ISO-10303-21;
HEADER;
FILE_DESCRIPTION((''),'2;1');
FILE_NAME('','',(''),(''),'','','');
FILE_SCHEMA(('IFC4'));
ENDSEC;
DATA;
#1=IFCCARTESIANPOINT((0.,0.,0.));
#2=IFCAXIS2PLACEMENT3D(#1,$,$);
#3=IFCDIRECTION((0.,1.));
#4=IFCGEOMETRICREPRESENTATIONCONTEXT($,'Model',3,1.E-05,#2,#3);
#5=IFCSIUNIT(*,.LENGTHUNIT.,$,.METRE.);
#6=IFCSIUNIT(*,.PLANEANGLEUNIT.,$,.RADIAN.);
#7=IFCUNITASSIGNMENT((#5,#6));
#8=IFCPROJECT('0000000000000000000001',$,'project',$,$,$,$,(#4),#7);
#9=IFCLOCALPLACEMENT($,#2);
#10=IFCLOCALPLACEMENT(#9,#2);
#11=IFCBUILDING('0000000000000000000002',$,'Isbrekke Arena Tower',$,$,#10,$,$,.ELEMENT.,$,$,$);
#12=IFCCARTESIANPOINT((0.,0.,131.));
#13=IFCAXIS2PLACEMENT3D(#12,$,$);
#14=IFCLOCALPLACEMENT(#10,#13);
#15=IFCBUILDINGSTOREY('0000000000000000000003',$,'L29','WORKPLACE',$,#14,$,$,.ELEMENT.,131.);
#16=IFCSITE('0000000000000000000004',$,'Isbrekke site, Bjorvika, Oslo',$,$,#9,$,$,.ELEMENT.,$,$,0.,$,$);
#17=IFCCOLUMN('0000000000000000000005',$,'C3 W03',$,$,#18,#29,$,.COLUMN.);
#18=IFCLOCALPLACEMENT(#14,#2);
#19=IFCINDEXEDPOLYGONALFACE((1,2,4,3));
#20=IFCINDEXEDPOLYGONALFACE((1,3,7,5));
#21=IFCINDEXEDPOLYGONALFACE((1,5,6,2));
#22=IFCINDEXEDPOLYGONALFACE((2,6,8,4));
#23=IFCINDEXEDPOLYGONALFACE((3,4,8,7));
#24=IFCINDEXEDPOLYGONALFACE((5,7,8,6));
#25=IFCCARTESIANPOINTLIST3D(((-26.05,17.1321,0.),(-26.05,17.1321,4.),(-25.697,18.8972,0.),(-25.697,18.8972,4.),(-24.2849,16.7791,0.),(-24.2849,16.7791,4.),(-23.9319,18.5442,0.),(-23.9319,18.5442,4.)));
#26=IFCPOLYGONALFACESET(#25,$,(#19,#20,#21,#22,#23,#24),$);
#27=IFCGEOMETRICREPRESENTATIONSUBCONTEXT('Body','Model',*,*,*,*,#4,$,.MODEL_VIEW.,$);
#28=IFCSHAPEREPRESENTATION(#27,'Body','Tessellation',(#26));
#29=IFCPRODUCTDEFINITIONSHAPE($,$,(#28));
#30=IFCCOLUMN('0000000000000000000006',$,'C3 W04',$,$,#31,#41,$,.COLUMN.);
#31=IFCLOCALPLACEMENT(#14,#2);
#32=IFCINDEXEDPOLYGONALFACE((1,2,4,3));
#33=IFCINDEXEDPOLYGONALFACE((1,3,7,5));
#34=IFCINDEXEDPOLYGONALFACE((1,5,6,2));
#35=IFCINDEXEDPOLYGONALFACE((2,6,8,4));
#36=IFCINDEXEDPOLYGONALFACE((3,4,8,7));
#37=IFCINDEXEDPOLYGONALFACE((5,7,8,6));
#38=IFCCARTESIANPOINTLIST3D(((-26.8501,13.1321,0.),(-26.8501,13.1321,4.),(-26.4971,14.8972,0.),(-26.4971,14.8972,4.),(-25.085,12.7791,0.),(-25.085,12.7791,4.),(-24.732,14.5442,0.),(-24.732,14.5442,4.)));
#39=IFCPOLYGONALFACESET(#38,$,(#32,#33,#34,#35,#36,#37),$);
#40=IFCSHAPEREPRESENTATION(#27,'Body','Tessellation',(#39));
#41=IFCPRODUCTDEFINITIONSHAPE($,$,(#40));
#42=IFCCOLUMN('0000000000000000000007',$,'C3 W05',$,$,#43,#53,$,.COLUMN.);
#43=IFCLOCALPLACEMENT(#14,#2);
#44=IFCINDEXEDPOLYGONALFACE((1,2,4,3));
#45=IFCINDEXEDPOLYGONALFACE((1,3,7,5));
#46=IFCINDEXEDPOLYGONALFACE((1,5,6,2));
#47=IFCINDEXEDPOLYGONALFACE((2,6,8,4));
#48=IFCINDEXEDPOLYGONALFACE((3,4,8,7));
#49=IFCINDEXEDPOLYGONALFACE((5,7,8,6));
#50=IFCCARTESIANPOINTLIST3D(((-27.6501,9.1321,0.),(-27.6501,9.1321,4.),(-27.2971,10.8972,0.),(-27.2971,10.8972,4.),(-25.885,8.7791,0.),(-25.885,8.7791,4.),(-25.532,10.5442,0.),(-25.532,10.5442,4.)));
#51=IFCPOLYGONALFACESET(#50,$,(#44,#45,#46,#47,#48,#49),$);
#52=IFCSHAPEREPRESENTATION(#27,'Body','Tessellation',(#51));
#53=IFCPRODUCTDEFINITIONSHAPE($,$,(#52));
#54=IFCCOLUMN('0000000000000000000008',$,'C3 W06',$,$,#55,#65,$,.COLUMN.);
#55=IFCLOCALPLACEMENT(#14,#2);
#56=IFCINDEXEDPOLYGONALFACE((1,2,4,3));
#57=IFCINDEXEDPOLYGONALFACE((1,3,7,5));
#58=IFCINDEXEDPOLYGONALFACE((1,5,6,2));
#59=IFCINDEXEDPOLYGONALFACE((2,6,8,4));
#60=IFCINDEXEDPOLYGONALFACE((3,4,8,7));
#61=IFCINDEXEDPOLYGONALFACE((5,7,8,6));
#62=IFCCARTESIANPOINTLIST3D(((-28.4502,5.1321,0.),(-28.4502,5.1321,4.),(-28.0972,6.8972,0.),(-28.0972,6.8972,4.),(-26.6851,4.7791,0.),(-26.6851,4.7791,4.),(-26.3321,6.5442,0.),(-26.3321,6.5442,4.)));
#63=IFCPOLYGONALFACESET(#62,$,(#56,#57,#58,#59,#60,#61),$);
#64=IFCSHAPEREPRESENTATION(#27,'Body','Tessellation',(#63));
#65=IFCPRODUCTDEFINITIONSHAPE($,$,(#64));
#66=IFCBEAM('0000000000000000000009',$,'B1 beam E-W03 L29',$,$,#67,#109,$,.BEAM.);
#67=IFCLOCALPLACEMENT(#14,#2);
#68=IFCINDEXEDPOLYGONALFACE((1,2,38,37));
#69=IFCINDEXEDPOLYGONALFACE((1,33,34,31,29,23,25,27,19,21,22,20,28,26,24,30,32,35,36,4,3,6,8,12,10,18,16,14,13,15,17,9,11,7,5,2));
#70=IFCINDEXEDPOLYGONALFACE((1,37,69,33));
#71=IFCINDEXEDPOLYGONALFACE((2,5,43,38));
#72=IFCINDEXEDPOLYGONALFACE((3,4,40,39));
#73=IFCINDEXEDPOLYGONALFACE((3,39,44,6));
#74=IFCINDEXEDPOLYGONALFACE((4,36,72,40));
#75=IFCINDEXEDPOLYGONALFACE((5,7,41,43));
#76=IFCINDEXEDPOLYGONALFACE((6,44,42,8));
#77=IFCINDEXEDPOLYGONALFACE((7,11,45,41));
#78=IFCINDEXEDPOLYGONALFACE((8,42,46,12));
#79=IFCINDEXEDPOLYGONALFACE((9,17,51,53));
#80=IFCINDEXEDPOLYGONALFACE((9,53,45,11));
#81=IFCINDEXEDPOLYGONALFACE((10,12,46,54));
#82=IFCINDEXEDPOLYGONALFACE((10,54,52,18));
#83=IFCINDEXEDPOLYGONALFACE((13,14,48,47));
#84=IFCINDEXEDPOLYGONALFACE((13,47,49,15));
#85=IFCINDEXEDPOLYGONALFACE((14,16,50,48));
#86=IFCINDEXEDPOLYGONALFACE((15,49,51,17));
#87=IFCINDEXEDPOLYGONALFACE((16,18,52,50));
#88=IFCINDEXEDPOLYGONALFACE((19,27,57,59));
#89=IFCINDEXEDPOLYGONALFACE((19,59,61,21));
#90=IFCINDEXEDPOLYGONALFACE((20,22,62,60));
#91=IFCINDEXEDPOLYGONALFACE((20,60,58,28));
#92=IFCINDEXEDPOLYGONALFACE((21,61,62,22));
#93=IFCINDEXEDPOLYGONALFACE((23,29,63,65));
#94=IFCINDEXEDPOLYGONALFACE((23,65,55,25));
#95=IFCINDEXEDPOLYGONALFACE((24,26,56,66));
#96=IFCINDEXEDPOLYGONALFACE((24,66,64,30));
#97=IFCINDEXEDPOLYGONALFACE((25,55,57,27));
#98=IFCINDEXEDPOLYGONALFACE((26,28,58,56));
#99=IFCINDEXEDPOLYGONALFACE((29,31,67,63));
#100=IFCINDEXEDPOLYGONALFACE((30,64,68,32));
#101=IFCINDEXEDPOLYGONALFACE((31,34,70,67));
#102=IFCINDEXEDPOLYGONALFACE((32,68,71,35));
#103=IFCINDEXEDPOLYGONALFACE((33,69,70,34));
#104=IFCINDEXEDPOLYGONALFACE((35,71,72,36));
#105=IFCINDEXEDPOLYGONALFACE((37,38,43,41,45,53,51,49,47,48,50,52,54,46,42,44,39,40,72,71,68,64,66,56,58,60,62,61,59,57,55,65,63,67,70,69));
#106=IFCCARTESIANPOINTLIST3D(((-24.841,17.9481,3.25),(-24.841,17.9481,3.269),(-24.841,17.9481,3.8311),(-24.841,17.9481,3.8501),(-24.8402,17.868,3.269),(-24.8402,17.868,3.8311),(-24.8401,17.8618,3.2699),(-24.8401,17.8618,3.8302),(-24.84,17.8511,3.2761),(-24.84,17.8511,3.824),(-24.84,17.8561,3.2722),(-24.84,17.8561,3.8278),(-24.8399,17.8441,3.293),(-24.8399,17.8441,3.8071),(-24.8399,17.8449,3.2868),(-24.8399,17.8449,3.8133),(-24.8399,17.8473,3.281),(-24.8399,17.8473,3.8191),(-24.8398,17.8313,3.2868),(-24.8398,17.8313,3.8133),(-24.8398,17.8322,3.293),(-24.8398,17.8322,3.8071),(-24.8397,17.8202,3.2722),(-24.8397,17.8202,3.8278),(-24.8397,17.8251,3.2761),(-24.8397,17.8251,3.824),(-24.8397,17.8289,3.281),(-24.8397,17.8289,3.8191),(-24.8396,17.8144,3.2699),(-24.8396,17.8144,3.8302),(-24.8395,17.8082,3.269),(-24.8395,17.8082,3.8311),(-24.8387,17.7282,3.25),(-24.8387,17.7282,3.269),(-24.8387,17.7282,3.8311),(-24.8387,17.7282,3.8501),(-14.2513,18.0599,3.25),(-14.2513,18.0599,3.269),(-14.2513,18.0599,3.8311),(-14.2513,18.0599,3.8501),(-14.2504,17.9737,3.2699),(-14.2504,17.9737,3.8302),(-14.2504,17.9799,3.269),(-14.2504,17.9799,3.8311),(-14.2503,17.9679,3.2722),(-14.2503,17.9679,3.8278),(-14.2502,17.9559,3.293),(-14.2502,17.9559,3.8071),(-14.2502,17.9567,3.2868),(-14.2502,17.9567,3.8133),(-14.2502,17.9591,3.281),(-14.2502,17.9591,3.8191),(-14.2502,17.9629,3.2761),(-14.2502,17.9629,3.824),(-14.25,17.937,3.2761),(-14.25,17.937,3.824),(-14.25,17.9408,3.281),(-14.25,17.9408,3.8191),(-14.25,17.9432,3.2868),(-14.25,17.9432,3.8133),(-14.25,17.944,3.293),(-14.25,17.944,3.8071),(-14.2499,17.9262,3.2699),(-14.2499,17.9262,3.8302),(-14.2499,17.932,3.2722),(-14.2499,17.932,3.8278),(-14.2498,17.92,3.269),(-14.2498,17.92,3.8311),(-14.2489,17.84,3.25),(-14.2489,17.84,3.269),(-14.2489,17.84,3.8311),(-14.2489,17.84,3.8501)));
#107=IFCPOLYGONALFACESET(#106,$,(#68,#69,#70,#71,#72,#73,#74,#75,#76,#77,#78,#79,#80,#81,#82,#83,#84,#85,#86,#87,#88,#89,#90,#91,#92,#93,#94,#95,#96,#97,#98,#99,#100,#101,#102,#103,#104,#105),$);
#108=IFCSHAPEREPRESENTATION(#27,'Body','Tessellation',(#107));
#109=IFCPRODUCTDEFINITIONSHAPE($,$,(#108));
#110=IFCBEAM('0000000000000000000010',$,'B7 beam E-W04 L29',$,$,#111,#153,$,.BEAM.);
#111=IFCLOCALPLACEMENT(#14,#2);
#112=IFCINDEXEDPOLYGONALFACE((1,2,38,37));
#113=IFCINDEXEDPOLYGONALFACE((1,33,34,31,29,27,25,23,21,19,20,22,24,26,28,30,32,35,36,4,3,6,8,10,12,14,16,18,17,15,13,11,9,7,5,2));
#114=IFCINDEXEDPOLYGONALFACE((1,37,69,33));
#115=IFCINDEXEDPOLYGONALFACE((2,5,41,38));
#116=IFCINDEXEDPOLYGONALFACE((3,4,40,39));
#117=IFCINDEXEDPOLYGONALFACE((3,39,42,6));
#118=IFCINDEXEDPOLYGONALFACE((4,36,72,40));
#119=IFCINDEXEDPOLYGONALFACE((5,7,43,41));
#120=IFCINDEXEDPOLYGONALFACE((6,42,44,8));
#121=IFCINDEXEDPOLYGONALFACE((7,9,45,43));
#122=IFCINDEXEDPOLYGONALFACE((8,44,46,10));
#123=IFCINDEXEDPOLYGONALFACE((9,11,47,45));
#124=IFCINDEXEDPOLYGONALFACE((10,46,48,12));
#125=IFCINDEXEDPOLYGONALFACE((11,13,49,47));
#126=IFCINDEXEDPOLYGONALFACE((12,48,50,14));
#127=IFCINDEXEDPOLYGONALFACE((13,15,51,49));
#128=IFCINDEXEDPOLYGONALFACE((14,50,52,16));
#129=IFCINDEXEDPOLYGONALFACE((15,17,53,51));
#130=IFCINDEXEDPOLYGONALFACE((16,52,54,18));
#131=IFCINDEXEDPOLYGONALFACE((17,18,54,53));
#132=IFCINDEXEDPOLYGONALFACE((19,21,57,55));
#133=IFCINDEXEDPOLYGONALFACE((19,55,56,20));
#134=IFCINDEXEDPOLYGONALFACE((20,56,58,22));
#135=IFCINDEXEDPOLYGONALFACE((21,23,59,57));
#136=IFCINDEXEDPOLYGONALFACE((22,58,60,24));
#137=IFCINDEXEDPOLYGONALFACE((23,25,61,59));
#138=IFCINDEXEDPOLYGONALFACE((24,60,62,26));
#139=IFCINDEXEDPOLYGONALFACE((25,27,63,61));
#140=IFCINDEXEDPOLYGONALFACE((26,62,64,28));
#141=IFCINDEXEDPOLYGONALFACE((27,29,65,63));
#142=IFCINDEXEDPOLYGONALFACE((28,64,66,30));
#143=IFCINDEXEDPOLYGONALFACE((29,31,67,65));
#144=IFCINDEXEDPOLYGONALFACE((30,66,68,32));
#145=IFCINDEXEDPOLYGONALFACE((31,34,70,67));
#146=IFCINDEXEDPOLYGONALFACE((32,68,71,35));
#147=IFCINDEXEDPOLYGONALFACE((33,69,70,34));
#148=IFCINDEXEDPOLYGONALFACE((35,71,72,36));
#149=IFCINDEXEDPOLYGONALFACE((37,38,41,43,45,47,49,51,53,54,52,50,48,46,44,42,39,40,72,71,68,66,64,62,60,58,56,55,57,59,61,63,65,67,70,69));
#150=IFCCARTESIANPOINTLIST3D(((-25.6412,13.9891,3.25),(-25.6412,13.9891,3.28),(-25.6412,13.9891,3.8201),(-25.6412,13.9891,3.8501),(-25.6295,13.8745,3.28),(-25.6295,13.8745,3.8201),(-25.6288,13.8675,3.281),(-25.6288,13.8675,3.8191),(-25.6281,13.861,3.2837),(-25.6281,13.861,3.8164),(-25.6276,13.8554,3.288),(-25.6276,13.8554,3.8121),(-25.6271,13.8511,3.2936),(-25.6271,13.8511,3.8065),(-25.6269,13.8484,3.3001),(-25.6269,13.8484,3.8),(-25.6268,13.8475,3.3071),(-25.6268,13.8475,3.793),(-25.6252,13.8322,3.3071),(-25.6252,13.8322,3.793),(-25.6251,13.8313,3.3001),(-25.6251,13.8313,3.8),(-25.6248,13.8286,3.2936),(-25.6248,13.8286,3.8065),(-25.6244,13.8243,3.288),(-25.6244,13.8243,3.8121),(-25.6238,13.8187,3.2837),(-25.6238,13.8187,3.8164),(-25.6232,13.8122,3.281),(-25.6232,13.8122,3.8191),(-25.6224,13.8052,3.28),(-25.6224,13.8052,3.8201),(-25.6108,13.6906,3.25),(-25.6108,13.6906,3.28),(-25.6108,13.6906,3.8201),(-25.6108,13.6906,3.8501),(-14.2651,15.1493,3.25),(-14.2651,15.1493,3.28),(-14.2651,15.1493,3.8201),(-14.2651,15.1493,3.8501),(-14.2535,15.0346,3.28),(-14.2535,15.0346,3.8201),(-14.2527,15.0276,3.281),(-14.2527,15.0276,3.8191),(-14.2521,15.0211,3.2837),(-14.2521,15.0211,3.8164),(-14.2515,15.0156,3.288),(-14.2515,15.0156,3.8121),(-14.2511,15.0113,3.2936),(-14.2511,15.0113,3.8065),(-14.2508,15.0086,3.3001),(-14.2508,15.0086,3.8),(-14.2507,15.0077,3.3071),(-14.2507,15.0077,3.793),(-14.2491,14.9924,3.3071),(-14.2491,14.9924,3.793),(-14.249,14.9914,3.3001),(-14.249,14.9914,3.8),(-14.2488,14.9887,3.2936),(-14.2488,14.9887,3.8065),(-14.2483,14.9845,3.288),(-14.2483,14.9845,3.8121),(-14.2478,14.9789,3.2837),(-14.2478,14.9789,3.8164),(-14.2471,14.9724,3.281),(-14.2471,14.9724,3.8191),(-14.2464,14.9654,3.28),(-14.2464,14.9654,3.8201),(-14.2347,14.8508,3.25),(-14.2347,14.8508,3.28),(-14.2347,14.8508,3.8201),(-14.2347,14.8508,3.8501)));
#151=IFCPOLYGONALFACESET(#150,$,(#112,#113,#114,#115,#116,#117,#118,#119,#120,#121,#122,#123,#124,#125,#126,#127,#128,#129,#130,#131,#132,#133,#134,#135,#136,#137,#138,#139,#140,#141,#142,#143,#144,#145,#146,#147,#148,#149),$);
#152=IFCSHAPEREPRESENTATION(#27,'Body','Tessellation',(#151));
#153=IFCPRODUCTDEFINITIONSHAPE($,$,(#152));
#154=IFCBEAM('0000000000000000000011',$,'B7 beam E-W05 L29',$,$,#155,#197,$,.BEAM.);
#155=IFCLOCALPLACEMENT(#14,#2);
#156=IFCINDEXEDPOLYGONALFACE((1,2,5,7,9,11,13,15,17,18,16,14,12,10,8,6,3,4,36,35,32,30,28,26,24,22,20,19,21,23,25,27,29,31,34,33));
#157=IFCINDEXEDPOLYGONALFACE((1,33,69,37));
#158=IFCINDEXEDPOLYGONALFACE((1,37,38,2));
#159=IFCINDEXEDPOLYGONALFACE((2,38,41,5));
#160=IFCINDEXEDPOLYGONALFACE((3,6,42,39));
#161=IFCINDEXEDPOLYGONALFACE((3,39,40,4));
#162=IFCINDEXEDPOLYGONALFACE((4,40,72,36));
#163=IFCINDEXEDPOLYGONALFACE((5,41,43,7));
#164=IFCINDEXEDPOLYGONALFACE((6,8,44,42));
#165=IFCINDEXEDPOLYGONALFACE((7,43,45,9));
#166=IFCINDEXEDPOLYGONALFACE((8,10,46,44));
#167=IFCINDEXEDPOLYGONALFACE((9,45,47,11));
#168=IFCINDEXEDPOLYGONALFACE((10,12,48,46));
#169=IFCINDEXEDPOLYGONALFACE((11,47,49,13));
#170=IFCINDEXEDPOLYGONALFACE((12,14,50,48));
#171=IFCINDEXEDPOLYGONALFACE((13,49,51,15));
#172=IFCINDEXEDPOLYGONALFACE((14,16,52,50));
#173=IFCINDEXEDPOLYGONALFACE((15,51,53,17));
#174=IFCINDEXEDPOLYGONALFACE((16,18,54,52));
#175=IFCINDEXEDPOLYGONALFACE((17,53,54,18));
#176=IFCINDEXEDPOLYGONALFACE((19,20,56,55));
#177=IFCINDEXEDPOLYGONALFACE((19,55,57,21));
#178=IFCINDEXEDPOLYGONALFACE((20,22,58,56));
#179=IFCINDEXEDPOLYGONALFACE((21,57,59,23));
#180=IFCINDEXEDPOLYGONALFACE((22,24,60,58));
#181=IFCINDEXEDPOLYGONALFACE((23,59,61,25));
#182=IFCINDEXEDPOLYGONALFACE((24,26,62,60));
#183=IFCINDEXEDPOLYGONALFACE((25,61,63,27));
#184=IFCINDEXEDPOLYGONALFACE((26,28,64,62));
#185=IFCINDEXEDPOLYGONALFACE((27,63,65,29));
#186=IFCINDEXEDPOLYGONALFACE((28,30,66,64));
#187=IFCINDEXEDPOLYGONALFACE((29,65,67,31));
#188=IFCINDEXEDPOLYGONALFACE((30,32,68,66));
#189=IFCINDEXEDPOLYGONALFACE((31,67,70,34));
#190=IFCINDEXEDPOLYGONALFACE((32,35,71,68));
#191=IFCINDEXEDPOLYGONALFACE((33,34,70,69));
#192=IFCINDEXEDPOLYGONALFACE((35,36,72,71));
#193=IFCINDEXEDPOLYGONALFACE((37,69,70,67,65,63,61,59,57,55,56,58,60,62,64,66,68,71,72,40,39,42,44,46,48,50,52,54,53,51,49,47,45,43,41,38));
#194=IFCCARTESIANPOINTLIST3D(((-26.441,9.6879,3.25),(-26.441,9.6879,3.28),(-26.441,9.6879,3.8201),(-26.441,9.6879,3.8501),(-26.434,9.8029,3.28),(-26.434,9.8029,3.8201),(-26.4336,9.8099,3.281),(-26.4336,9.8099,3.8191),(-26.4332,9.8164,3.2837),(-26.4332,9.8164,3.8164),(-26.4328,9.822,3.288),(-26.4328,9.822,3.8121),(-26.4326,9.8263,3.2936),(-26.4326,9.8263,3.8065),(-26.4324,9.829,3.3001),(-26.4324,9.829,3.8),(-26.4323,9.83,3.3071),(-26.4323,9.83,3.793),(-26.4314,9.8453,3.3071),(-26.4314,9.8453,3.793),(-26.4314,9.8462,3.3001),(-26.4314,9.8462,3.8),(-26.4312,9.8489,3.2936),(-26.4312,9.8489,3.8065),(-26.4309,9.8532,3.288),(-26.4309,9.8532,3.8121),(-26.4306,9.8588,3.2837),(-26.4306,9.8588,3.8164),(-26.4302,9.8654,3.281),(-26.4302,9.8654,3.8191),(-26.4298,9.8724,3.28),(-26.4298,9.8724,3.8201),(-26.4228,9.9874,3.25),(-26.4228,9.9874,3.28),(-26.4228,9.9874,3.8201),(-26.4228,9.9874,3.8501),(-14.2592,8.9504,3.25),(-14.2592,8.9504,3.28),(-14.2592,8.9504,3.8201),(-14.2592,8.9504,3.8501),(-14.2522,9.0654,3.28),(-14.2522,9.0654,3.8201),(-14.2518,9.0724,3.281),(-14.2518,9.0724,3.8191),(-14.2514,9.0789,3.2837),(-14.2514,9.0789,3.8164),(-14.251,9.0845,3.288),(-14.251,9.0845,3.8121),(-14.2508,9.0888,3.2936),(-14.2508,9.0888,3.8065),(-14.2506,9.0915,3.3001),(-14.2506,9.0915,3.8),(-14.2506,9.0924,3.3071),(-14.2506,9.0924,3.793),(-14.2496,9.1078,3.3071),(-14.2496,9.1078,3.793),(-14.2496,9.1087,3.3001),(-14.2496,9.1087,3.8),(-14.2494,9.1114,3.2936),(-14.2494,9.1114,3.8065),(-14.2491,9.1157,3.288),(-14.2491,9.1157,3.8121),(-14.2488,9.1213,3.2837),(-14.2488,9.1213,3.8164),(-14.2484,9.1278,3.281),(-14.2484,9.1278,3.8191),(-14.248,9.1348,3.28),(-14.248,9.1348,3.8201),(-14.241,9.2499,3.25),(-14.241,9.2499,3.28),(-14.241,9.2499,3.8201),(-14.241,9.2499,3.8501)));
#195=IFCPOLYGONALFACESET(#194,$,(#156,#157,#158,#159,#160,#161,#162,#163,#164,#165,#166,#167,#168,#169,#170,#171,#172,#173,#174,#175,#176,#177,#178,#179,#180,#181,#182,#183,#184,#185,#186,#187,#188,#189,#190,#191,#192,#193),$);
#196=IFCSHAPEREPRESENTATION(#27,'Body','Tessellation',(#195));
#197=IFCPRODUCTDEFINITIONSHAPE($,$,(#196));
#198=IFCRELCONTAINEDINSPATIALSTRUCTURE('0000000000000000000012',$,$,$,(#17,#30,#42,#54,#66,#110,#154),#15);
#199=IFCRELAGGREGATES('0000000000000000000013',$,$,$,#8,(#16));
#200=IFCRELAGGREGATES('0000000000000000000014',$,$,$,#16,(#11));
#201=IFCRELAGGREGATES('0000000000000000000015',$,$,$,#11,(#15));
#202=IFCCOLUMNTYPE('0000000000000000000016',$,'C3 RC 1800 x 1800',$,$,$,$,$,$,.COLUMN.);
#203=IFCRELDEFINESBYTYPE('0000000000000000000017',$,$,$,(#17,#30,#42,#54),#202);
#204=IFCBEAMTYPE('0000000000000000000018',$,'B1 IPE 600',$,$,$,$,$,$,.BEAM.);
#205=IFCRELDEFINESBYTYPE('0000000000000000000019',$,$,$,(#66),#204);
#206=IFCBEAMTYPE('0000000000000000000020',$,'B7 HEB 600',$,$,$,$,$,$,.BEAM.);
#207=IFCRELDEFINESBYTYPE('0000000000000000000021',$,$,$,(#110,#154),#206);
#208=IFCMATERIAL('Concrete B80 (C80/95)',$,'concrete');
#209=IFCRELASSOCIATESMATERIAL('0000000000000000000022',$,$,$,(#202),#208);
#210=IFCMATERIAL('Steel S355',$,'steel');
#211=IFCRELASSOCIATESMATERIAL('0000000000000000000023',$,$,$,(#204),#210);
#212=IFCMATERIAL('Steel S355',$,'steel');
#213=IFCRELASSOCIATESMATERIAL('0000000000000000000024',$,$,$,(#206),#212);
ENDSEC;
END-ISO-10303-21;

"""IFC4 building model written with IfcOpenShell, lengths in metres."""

from ifc_helpers import new_model, si_unit, direction, frame, origin, origin_2d, place, context, subcontext, project, spatial, rectangle, i_section, extrude, material, material_profile, profile_set, type_object, element, save


model = new_model("IFC4")

# Units and contexts
model_context = context("Model", 3, precision=1e-05, world=origin(), true_north=direction((0.0, 1.0)))
body_context = subcontext(model_context, "Body", "Model", "MODEL_VIEW")
ifc_project = project(units=[si_unit("LENGTHUNIT", "METRE"), si_unit("PLANEANGLEUNIT", "RADIAN")], contexts=[model_context])

# Site, building, storey
site_placement = place(None, origin())
site = spatial("IfcSite", under=ifc_project, at=site_placement, Name="Isbrekke site, Bjorvika, Oslo", CompositionType="ELEMENT", RefElevation=0.0)
building_placement = place(site_placement, origin())
building = spatial("IfcBuilding", under=site, at=building_placement, Name="Isbrekke Arena Tower", CompositionType="ELEMENT")
storey_placement = place(building_placement, frame((0.0, 0.0, 131.0)))
storey = spatial("IfcBuildingStorey", under=building, at=storey_placement, Name="L29", Description="WORKPLACE", CompositionType="ELEMENT", Elevation=131.0)

# Columns
ifc_material_1 = material(Name="Concrete B80 (C80/95)", Category="concrete")
ifc_material_profile_1 = material_profile(ifc_material_1, rectangle(XDim=1.8, YDim=1.8, at=origin_2d()), Name="RC 1800x1800")
ifc_profile_set_1 = profile_set([ifc_material_profile_1], Name="Concrete B80 (C80/95)")
column_type = type_object("IfcColumnType", Name="C3 RC 1800 x 1800", PredefinedType="COLUMN", material=ifc_profile_set_1)
for number, where, z_axis, x_axis, name in (
    (1, (-24.991, 17.8381, 0.0), (0.0, 0.0, 1.0), (-0.196116, -0.980581, 0.0), "C3 W03"),
    (2, (-25.791, 13.8381, 0.0), (0.0, 0.0, 1.0), (-0.196116, -0.980581, 0.0), "C3 W04"),
    (3, (-26.5911, 9.8381, 0.0), (0.0, 0.0, 1.0), (-0.196116, -0.980581, 0.0), "C3 W05"),
    (4, (-27.3911, 5.8381, 0.0), (0.0, 0.0, 1.0), (-0.196116, -0.980581, 0.0), "C3 W06"),
):
    element("IfcColumn", number, at=place(storey_placement, frame(where, z_axis=z_axis, x_axis=x_axis)), inside=storey, type_object=column_type, Name=name, PredefinedType="COLUMN", context=body_context, shape_type="SweptSolid", body=[
        extrude(rectangle(XDim=1.8, YDim=1.8, at=origin_2d()), origin(), (0.0, 0.0, 1.0), 4.0),
    ])

# Beams
ifc_material_2 = material(Name="Steel S355", Category="steel")
ifc_material_profile_2 = material_profile(ifc_material_2, i_section(OverallWidth=0.22, OverallDepth=0.6001, WebThickness=0.012, FlangeThickness=0.019, FilletRadius=0.0239, at=origin_2d()), Name="IPE 600")
ifc_profile_set_2 = profile_set([ifc_material_profile_2], Name="Steel S355")
beam_type_1 = type_object("IfcBeamType", Name="B1 IPE 600", PredefinedType="BEAM", material=ifc_profile_set_2)
beam_1_placement = place(storey_placement, frame((-24.8398, 17.8381, 3.55), z_axis=(0.999944, 0.010558, 0.0), x_axis=(-0.010558, 0.999944, 0.0)))
element("IfcBeam", 5, at=beam_1_placement, inside=storey, type_object=beam_type_1, Name="B1 beam E-W03 L29", PredefinedType="BEAM", context=body_context, shape_type="SweptSolid", body=[
    extrude(i_section(OverallWidth=0.22, OverallDepth=0.6001, WebThickness=0.012, FlangeThickness=0.019, FilletRadius=0.0239, at=origin_2d()), origin(), (0.0, 0.0, 1.0), 10.5903),
])
ifc_material_3 = material(Name="Steel S355", Category="steel")
ifc_material_profile_3 = material_profile(ifc_material_3, i_section(OverallWidth=0.3, OverallDepth=0.6001, WebThickness=0.0154, FlangeThickness=0.03, FilletRadius=0.0271, at=origin_2d()), Name="HEB 600")
ifc_profile_set_3 = profile_set([ifc_material_profile_3], Name="Steel S355")
beam_type_2 = type_object("IfcBeamType", Name="B7 HEB 600", PredefinedType="BEAM", material=ifc_profile_set_3)
beam_2_placement = place(storey_placement, frame((-25.626, 13.8398, 3.55), z_axis=(0.99484, 0.101457, 0.0), x_axis=(-0.101457, 0.99484, 0.0)))
element("IfcBeam", 6, at=beam_2_placement, inside=storey, type_object=beam_type_2, Name="B7 beam E-W04 L29", PredefinedType="BEAM", context=body_context, shape_type="SweptSolid", body=[
    extrude(i_section(OverallWidth=0.3, OverallDepth=0.6001, WebThickness=0.0154, FlangeThickness=0.03, FilletRadius=0.0271, at=origin_2d()), origin(), (0.0, 0.0, 1.0), 11.4351),
])
beam_3_placement = place(storey_placement, frame((-26.4319, 9.8376, 3.55), z_axis=(0.998172, -0.060434, 0.0), x_axis=(0.060434, 0.998172, 0.0)))
element("IfcBeam", 7, at=beam_3_placement, inside=storey, type_object=beam_type_2, Name="B7 beam E-W05 L29", PredefinedType="BEAM", context=body_context, shape_type="SweptSolid", body=[
    extrude(i_section(OverallWidth=0.3, OverallDepth=0.6001, WebThickness=0.0154, FlangeThickness=0.03, FilletRadius=0.0271, at=origin_2d()), origin(), (0.0, 0.0, 1.0), 12.2041),
])

save(model, "model.ifc")
